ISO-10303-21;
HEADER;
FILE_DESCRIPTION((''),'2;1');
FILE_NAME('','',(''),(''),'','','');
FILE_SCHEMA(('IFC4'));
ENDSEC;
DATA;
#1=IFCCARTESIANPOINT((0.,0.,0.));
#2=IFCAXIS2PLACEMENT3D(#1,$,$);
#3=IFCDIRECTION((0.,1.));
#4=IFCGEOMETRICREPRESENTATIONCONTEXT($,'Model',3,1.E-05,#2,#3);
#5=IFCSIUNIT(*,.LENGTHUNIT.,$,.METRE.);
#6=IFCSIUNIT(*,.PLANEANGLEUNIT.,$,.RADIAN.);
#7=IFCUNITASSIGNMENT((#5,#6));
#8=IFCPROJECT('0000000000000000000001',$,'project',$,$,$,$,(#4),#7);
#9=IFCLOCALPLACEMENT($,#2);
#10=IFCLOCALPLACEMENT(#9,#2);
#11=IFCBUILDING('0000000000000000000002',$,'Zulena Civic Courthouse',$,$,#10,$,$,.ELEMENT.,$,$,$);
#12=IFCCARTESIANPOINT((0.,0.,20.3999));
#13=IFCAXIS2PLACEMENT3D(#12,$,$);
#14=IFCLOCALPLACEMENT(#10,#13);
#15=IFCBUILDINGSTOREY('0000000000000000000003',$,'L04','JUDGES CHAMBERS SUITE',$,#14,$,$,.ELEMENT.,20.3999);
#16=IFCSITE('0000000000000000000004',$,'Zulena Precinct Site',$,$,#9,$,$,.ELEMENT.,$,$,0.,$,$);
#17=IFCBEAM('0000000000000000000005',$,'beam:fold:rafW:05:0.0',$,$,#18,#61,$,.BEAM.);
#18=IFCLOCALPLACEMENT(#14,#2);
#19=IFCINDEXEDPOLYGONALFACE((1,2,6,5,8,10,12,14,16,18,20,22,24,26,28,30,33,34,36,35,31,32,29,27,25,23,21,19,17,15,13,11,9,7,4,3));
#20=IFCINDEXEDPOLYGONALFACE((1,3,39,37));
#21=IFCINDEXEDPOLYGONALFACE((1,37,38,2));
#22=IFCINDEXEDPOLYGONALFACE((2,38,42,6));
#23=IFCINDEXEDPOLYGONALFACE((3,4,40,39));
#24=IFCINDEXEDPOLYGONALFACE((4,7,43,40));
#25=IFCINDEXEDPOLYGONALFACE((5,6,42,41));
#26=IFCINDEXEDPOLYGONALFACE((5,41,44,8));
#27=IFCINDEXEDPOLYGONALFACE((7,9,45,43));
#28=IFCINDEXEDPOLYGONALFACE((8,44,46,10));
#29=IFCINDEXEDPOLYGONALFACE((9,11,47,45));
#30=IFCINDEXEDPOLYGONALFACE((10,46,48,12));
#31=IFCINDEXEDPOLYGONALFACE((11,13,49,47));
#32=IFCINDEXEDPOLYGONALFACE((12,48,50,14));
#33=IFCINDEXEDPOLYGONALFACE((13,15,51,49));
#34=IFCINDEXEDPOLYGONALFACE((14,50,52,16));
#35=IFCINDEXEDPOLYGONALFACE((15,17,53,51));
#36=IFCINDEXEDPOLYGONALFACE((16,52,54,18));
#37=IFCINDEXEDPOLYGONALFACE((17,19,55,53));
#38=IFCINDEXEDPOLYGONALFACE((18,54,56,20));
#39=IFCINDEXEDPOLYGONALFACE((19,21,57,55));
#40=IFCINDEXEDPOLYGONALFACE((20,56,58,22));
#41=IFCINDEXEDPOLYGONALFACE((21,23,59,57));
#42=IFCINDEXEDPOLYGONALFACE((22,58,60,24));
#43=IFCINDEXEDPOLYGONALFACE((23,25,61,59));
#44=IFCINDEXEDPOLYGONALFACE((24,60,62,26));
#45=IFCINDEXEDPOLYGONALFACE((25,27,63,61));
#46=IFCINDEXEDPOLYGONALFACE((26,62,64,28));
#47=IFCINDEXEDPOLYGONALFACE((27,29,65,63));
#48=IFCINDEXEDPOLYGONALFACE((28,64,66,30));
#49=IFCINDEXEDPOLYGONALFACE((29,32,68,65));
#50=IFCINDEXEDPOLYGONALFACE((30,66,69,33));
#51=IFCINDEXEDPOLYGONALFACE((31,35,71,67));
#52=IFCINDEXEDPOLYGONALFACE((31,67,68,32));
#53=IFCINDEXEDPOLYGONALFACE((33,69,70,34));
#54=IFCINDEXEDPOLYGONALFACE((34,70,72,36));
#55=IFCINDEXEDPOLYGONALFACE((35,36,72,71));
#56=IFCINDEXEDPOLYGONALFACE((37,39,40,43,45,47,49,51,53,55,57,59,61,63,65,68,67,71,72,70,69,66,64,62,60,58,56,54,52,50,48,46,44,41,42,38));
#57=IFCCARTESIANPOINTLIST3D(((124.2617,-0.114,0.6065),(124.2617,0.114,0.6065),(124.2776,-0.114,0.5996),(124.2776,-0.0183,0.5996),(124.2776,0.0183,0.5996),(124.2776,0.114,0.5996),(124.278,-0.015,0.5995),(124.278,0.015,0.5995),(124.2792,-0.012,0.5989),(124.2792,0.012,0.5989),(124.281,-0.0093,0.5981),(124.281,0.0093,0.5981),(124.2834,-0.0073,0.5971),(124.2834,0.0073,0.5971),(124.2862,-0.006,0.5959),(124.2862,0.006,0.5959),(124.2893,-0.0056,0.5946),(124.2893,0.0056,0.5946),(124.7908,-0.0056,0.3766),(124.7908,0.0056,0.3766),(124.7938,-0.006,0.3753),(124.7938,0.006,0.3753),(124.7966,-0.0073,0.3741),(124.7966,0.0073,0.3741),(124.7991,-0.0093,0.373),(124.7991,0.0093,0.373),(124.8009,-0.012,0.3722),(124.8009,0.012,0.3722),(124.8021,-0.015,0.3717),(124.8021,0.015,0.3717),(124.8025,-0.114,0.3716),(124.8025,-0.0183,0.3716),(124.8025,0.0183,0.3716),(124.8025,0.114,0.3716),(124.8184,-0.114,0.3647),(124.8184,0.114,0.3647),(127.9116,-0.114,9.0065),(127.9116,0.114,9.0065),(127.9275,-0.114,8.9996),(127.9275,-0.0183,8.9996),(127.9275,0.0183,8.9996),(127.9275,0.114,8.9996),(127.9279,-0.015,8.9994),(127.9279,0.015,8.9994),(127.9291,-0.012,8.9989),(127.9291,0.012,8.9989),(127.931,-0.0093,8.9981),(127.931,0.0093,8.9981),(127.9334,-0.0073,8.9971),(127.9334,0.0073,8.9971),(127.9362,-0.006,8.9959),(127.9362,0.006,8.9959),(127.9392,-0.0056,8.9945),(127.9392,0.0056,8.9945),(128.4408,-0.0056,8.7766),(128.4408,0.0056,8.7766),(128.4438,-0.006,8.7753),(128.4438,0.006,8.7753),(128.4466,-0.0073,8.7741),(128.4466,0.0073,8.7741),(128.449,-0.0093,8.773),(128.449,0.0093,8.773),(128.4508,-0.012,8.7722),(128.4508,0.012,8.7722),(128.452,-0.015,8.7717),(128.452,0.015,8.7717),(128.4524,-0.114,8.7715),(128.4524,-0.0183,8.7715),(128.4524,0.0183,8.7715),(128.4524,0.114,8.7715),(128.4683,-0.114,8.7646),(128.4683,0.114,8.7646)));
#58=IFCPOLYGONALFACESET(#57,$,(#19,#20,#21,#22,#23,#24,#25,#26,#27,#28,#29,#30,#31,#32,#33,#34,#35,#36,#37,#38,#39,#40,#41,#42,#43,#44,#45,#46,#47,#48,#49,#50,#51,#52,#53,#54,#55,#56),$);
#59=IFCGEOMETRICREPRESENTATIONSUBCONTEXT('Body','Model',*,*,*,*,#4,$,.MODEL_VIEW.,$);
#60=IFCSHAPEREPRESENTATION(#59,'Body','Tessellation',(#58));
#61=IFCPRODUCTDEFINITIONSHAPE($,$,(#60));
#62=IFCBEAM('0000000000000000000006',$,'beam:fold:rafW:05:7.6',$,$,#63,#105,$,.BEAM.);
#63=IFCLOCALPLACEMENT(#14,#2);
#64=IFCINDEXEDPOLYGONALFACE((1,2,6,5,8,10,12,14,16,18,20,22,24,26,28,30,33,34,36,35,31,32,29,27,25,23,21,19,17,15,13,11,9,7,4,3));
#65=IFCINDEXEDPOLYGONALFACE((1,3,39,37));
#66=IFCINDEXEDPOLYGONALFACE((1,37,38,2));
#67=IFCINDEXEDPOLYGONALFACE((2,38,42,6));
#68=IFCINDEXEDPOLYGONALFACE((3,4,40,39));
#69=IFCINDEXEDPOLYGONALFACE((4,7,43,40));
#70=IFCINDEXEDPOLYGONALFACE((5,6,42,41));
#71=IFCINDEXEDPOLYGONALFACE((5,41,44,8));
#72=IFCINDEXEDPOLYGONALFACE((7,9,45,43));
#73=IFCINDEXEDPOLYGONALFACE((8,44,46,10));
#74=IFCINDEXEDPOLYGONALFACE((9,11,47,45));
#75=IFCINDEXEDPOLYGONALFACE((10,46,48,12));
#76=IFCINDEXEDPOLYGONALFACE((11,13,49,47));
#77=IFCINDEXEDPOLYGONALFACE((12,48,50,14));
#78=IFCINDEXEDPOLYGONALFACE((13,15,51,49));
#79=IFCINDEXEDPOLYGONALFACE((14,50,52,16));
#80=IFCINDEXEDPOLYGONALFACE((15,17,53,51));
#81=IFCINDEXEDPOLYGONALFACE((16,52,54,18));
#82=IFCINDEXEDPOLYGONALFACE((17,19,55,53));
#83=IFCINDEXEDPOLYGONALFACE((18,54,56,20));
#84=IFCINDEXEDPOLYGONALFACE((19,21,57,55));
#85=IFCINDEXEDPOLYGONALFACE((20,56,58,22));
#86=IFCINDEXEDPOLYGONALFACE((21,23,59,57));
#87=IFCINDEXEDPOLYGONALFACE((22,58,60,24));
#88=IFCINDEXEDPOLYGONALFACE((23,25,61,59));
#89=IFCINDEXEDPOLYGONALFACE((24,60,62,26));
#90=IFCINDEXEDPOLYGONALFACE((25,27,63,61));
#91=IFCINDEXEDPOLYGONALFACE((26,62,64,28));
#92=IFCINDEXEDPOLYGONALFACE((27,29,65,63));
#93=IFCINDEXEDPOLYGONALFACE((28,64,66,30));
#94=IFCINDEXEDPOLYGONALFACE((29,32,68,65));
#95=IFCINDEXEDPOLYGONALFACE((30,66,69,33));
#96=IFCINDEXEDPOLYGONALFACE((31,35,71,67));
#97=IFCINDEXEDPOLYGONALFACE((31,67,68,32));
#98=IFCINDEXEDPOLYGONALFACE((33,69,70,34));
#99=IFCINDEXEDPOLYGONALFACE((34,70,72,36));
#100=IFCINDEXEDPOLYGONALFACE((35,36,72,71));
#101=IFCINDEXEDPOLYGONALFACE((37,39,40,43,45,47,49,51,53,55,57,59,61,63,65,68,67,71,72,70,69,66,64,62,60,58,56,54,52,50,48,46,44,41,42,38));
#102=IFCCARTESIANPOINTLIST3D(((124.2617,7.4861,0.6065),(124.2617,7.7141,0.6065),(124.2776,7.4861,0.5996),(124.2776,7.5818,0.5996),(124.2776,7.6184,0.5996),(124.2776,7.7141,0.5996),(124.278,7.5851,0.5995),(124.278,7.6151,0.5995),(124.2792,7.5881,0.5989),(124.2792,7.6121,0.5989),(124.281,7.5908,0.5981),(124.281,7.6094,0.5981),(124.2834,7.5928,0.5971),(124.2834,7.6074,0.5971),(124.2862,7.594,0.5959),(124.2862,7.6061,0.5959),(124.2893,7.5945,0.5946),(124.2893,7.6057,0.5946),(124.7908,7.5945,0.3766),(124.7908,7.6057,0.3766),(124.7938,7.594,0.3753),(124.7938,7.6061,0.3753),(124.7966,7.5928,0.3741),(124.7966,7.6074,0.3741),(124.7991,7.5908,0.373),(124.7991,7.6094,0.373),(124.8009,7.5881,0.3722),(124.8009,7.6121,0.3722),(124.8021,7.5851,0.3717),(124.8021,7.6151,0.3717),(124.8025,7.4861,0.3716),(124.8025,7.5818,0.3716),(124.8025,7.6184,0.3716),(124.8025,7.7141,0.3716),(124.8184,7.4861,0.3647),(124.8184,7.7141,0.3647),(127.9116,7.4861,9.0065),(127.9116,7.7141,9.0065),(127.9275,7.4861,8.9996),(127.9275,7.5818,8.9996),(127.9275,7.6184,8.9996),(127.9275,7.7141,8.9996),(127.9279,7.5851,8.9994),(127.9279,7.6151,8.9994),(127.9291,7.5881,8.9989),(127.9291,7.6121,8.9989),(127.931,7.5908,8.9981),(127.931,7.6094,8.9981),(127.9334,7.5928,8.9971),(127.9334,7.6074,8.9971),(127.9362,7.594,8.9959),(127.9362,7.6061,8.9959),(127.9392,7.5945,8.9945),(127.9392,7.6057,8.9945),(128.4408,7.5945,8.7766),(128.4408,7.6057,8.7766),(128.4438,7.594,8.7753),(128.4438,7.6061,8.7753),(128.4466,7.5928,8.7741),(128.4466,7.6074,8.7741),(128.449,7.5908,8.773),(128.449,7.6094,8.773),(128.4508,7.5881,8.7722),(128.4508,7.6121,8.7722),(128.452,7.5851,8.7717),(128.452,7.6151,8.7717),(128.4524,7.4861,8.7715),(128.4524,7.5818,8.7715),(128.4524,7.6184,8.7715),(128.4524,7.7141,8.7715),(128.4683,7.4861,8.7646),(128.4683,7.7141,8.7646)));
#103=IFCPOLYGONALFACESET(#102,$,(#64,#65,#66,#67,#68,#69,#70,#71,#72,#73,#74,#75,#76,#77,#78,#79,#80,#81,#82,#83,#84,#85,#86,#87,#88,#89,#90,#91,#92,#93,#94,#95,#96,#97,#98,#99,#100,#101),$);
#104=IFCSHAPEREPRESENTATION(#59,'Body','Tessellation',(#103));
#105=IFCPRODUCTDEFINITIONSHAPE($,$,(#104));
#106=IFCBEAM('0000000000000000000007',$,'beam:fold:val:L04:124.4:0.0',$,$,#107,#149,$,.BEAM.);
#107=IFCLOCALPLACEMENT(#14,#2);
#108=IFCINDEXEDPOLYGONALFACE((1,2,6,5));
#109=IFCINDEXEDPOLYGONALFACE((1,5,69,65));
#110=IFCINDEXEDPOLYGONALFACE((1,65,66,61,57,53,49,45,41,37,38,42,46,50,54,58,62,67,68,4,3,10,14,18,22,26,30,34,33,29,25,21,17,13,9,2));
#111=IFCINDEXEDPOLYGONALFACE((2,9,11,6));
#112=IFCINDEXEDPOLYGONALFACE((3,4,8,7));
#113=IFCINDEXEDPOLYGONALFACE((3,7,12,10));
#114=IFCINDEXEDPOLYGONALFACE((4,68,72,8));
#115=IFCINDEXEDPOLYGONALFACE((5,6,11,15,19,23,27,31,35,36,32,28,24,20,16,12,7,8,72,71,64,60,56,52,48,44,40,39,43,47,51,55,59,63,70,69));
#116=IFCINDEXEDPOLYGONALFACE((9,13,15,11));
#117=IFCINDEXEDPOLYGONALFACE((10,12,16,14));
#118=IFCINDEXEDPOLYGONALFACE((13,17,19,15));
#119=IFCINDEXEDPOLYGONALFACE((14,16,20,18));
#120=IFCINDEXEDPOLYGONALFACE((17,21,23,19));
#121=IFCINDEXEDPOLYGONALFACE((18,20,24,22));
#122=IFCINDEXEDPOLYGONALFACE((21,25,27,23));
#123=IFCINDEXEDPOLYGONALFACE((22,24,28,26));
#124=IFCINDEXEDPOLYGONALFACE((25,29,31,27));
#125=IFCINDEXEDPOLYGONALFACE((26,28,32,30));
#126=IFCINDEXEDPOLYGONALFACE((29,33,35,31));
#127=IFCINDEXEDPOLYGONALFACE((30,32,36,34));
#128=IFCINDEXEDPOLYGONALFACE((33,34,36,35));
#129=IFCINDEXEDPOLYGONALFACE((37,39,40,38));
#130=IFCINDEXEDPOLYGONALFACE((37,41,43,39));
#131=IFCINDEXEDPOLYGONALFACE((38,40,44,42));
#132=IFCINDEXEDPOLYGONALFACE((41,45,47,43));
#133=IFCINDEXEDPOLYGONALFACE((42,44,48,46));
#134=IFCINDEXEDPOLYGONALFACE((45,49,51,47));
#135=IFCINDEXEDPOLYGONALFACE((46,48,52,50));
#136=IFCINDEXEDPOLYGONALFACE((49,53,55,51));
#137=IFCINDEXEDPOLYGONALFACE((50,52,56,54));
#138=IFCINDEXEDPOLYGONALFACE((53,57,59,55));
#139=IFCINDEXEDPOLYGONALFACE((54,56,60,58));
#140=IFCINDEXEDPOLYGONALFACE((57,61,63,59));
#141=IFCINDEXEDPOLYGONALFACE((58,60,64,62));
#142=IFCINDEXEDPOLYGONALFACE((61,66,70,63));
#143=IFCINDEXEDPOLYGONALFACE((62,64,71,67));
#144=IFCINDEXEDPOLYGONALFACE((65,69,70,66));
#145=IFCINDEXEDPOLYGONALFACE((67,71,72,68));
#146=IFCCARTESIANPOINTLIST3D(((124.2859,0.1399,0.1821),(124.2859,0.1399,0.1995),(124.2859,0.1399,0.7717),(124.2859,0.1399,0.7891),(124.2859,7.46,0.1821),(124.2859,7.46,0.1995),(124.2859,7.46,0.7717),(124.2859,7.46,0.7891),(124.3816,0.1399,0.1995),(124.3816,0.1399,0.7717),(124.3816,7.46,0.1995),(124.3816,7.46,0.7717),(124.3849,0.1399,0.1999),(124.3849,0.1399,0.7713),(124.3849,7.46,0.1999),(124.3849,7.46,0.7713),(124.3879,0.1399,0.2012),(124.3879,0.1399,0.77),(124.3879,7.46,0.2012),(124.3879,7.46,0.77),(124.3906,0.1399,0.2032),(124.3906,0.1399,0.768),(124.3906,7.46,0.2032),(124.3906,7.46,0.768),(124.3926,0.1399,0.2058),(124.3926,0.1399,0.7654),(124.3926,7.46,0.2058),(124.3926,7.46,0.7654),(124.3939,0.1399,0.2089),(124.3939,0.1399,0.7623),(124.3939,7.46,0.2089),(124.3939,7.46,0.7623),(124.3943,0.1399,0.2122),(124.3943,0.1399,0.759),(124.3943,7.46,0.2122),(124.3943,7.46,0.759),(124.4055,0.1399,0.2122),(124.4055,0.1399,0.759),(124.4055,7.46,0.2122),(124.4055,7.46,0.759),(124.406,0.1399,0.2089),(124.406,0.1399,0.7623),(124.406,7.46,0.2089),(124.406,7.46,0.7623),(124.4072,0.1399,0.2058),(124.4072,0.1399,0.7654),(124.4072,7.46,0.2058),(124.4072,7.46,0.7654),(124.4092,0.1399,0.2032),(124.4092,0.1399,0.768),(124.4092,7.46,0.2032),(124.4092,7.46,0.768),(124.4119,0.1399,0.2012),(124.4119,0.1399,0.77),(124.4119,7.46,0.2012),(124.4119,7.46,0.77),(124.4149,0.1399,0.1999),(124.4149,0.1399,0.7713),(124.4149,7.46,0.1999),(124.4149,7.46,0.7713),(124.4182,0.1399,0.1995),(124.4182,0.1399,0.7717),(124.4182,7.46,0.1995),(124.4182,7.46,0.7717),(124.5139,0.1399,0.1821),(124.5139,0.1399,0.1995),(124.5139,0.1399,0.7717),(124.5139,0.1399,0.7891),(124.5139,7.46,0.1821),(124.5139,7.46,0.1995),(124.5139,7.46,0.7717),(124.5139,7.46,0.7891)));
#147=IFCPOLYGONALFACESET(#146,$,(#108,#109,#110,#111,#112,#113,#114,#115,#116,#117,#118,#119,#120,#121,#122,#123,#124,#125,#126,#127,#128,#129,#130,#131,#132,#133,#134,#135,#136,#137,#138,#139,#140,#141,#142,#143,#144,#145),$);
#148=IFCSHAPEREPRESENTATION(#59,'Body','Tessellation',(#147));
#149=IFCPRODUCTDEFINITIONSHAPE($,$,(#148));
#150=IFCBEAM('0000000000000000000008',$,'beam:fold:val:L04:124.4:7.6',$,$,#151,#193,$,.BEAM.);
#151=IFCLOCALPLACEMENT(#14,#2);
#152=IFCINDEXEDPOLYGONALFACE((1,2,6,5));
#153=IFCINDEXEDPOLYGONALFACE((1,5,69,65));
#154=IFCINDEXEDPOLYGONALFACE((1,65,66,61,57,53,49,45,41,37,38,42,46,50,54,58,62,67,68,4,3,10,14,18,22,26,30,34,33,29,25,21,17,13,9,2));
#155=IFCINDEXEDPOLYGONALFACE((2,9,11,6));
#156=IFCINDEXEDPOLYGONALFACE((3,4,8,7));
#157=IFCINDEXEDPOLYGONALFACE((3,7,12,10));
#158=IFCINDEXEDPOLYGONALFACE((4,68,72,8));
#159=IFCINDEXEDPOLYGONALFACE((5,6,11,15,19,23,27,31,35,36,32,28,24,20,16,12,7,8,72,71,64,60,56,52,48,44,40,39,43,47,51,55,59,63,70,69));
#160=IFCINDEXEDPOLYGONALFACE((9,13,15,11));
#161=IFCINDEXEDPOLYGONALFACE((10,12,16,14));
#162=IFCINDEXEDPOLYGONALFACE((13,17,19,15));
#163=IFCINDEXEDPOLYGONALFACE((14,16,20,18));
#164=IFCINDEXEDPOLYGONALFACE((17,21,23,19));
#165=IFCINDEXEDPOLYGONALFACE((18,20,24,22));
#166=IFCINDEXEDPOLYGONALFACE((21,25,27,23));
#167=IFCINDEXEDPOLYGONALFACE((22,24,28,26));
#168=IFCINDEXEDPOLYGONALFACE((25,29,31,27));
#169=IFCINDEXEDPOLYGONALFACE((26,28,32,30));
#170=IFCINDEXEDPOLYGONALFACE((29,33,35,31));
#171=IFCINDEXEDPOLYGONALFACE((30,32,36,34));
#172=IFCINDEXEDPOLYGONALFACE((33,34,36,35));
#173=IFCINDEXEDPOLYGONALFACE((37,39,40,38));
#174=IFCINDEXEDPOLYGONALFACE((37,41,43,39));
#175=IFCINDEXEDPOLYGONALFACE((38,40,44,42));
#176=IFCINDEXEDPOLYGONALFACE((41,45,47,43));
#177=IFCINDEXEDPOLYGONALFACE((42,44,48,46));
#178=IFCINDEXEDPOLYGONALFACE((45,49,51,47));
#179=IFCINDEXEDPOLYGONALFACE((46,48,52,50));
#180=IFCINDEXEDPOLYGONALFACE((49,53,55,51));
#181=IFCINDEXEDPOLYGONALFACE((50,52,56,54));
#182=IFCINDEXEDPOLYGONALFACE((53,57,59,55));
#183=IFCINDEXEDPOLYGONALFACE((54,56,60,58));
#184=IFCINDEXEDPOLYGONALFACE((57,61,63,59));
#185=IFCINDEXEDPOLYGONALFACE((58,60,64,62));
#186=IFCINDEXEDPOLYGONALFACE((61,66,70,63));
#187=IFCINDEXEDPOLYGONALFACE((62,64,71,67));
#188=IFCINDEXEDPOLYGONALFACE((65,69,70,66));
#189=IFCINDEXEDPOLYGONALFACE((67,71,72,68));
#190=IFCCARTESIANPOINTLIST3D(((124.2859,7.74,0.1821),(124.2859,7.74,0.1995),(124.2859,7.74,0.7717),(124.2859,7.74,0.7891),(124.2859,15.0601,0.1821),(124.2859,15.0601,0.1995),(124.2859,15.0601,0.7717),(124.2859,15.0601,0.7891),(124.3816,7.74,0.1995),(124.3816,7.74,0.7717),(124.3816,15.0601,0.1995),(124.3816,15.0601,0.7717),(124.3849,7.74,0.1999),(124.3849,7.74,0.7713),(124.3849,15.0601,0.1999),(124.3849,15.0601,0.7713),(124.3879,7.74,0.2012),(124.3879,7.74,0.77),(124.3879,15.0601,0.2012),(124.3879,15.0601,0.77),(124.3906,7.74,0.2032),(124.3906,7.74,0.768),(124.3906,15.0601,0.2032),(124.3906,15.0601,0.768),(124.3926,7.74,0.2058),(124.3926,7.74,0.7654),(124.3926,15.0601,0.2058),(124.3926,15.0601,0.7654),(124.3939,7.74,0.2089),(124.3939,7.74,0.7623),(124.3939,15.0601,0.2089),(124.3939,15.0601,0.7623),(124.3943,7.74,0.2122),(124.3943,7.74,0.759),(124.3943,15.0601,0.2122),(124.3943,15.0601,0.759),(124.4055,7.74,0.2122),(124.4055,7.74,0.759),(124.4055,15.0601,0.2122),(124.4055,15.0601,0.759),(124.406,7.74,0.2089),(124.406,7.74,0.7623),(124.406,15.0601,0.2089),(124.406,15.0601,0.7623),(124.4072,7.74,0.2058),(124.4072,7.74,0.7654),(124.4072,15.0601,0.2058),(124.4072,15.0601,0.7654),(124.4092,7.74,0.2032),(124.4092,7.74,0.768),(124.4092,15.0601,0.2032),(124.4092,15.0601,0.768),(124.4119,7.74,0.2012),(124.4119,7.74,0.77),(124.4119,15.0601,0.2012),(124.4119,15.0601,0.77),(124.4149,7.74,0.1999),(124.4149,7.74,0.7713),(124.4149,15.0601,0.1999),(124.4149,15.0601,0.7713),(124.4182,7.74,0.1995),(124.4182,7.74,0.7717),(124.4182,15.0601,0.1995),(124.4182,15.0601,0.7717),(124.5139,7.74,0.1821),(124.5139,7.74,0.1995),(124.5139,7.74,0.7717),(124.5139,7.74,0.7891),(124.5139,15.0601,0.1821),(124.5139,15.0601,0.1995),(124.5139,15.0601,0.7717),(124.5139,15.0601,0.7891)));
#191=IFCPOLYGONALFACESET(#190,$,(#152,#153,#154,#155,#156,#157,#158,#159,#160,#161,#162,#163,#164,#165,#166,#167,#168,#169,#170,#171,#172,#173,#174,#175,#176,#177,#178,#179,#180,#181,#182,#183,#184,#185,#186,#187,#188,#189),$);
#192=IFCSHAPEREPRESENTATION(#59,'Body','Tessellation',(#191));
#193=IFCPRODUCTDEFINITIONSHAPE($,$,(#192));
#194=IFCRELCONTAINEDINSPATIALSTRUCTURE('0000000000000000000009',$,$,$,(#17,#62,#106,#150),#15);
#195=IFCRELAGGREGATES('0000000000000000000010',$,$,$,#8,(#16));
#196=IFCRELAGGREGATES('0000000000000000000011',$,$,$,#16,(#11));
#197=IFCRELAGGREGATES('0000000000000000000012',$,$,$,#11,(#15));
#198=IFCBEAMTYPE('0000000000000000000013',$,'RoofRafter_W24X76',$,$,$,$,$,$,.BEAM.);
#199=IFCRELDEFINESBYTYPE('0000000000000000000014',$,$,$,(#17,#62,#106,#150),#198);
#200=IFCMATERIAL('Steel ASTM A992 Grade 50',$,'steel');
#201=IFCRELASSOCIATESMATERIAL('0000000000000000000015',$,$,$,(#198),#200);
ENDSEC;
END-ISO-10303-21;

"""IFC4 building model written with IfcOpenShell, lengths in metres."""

from ifc_helpers import new_model, si_unit, direction, frame, origin, origin_2d, place, context, subcontext, project, spatial, i_section, extrude, material, material_profile, profile_set, type_object, element, save


model = new_model("IFC4")

# Units and contexts
model_context = context("Model", 3, precision=1e-05, world=origin(), true_north=direction((0.0, 1.0)))
body_context = subcontext(model_context, "Body", "Model", "MODEL_VIEW")
ifc_project = project(units=[si_unit("LENGTHUNIT", "METRE"), si_unit("PLANEANGLEUNIT", "RADIAN")], contexts=[model_context])

# Site, building, storey
site_placement = place(None, origin())
site = spatial("IfcSite", under=ifc_project, at=site_placement, Name="Zulena Precinct Site", CompositionType="ELEMENT", RefElevation=0.0)
building_placement = place(site_placement, origin())
building = spatial("IfcBuilding", under=site, at=building_placement, Name="Zulena Civic Courthouse", CompositionType="ELEMENT")
storey_placement = place(building_placement, frame((0.0, 0.0, 20.3999)))
storey = spatial("IfcBuildingStorey", under=building, at=storey_placement, Name="L04", Description="JUDGES CHAMBERS SUITE", CompositionType="ELEMENT", Elevation=20.3999)

# Shared definitions
ifc_material_1 = material(Name="Steel ASTM A992 Grade 50", Category="steel")

# Beams
ifc_material_profile_1 = material_profile(ifc_material_1, i_section(OverallWidth=0.228, OverallDepth=0.6069, WebThickness=0.0112, FlangeThickness=0.0173, FilletRadius=0.0127, at=origin_2d()), Name="W24X76")
ifc_profile_set_1 = profile_set([ifc_material_profile_1], Name="Steel ASTM A992 Grade 50")
beam_type = type_object("IfcBeamType", Name="RoofRafter_W24X76", PredefinedType="BEAM", material=ifc_profile_set_1)
for number, where, z_axis, x_axis, name in (
    (1, (124.54, 0.0, 0.4856), (0.398521, 0.0, 0.917159), (0.0, 1.0, 0.0), "beam:fold:rafW:05:0.0"),
    (2, (124.54, 7.6001, 0.4856), (0.398521, 0.0, 0.917159), (0.0, 1.0, 0.0), "beam:fold:rafW:05:7.6"),
):
    element("IfcBeam", number, at=place(storey_placement, frame(where, z_axis=z_axis, x_axis=x_axis)), inside=storey, type_object=beam_type, Name=name, PredefinedType="BEAM", context=body_context, shape_type="SweptSolid", body=[
        extrude(i_section(OverallWidth=0.228, OverallDepth=0.6069, WebThickness=0.0112, FlangeThickness=0.0173, FilletRadius=0.0127, at=origin_2d()), origin(), (0.0, 0.0, 1.0), 9.1587),
    ])
for number, where, z_axis, x_axis, name in (
    (3, (124.3999, 0.1399, 0.4856), (0.0, 1.0, 0.0), (-1.0, 0.0, 0.0), "beam:fold:val:L04:124.4:0.0"),
    (4, (124.3999, 7.74, 0.4856), (0.0, 1.0, 0.0), (-1.0, 0.0, 0.0), "beam:fold:val:L04:124.4:7.6"),
):
    element("IfcBeam", number, at=place(storey_placement, frame(where, z_axis=z_axis, x_axis=x_axis)), inside=storey, type_object=beam_type, Name=name, PredefinedType="BEAM", context=body_context, shape_type="SweptSolid", body=[
        extrude(i_section(OverallWidth=0.228, OverallDepth=0.6069, WebThickness=0.0112, FlangeThickness=0.0173, FilletRadius=0.0127, at=origin_2d()), origin(), (0.0, 0.0, 1.0), 7.3201),
    ])

save(model, "model.ifc")
